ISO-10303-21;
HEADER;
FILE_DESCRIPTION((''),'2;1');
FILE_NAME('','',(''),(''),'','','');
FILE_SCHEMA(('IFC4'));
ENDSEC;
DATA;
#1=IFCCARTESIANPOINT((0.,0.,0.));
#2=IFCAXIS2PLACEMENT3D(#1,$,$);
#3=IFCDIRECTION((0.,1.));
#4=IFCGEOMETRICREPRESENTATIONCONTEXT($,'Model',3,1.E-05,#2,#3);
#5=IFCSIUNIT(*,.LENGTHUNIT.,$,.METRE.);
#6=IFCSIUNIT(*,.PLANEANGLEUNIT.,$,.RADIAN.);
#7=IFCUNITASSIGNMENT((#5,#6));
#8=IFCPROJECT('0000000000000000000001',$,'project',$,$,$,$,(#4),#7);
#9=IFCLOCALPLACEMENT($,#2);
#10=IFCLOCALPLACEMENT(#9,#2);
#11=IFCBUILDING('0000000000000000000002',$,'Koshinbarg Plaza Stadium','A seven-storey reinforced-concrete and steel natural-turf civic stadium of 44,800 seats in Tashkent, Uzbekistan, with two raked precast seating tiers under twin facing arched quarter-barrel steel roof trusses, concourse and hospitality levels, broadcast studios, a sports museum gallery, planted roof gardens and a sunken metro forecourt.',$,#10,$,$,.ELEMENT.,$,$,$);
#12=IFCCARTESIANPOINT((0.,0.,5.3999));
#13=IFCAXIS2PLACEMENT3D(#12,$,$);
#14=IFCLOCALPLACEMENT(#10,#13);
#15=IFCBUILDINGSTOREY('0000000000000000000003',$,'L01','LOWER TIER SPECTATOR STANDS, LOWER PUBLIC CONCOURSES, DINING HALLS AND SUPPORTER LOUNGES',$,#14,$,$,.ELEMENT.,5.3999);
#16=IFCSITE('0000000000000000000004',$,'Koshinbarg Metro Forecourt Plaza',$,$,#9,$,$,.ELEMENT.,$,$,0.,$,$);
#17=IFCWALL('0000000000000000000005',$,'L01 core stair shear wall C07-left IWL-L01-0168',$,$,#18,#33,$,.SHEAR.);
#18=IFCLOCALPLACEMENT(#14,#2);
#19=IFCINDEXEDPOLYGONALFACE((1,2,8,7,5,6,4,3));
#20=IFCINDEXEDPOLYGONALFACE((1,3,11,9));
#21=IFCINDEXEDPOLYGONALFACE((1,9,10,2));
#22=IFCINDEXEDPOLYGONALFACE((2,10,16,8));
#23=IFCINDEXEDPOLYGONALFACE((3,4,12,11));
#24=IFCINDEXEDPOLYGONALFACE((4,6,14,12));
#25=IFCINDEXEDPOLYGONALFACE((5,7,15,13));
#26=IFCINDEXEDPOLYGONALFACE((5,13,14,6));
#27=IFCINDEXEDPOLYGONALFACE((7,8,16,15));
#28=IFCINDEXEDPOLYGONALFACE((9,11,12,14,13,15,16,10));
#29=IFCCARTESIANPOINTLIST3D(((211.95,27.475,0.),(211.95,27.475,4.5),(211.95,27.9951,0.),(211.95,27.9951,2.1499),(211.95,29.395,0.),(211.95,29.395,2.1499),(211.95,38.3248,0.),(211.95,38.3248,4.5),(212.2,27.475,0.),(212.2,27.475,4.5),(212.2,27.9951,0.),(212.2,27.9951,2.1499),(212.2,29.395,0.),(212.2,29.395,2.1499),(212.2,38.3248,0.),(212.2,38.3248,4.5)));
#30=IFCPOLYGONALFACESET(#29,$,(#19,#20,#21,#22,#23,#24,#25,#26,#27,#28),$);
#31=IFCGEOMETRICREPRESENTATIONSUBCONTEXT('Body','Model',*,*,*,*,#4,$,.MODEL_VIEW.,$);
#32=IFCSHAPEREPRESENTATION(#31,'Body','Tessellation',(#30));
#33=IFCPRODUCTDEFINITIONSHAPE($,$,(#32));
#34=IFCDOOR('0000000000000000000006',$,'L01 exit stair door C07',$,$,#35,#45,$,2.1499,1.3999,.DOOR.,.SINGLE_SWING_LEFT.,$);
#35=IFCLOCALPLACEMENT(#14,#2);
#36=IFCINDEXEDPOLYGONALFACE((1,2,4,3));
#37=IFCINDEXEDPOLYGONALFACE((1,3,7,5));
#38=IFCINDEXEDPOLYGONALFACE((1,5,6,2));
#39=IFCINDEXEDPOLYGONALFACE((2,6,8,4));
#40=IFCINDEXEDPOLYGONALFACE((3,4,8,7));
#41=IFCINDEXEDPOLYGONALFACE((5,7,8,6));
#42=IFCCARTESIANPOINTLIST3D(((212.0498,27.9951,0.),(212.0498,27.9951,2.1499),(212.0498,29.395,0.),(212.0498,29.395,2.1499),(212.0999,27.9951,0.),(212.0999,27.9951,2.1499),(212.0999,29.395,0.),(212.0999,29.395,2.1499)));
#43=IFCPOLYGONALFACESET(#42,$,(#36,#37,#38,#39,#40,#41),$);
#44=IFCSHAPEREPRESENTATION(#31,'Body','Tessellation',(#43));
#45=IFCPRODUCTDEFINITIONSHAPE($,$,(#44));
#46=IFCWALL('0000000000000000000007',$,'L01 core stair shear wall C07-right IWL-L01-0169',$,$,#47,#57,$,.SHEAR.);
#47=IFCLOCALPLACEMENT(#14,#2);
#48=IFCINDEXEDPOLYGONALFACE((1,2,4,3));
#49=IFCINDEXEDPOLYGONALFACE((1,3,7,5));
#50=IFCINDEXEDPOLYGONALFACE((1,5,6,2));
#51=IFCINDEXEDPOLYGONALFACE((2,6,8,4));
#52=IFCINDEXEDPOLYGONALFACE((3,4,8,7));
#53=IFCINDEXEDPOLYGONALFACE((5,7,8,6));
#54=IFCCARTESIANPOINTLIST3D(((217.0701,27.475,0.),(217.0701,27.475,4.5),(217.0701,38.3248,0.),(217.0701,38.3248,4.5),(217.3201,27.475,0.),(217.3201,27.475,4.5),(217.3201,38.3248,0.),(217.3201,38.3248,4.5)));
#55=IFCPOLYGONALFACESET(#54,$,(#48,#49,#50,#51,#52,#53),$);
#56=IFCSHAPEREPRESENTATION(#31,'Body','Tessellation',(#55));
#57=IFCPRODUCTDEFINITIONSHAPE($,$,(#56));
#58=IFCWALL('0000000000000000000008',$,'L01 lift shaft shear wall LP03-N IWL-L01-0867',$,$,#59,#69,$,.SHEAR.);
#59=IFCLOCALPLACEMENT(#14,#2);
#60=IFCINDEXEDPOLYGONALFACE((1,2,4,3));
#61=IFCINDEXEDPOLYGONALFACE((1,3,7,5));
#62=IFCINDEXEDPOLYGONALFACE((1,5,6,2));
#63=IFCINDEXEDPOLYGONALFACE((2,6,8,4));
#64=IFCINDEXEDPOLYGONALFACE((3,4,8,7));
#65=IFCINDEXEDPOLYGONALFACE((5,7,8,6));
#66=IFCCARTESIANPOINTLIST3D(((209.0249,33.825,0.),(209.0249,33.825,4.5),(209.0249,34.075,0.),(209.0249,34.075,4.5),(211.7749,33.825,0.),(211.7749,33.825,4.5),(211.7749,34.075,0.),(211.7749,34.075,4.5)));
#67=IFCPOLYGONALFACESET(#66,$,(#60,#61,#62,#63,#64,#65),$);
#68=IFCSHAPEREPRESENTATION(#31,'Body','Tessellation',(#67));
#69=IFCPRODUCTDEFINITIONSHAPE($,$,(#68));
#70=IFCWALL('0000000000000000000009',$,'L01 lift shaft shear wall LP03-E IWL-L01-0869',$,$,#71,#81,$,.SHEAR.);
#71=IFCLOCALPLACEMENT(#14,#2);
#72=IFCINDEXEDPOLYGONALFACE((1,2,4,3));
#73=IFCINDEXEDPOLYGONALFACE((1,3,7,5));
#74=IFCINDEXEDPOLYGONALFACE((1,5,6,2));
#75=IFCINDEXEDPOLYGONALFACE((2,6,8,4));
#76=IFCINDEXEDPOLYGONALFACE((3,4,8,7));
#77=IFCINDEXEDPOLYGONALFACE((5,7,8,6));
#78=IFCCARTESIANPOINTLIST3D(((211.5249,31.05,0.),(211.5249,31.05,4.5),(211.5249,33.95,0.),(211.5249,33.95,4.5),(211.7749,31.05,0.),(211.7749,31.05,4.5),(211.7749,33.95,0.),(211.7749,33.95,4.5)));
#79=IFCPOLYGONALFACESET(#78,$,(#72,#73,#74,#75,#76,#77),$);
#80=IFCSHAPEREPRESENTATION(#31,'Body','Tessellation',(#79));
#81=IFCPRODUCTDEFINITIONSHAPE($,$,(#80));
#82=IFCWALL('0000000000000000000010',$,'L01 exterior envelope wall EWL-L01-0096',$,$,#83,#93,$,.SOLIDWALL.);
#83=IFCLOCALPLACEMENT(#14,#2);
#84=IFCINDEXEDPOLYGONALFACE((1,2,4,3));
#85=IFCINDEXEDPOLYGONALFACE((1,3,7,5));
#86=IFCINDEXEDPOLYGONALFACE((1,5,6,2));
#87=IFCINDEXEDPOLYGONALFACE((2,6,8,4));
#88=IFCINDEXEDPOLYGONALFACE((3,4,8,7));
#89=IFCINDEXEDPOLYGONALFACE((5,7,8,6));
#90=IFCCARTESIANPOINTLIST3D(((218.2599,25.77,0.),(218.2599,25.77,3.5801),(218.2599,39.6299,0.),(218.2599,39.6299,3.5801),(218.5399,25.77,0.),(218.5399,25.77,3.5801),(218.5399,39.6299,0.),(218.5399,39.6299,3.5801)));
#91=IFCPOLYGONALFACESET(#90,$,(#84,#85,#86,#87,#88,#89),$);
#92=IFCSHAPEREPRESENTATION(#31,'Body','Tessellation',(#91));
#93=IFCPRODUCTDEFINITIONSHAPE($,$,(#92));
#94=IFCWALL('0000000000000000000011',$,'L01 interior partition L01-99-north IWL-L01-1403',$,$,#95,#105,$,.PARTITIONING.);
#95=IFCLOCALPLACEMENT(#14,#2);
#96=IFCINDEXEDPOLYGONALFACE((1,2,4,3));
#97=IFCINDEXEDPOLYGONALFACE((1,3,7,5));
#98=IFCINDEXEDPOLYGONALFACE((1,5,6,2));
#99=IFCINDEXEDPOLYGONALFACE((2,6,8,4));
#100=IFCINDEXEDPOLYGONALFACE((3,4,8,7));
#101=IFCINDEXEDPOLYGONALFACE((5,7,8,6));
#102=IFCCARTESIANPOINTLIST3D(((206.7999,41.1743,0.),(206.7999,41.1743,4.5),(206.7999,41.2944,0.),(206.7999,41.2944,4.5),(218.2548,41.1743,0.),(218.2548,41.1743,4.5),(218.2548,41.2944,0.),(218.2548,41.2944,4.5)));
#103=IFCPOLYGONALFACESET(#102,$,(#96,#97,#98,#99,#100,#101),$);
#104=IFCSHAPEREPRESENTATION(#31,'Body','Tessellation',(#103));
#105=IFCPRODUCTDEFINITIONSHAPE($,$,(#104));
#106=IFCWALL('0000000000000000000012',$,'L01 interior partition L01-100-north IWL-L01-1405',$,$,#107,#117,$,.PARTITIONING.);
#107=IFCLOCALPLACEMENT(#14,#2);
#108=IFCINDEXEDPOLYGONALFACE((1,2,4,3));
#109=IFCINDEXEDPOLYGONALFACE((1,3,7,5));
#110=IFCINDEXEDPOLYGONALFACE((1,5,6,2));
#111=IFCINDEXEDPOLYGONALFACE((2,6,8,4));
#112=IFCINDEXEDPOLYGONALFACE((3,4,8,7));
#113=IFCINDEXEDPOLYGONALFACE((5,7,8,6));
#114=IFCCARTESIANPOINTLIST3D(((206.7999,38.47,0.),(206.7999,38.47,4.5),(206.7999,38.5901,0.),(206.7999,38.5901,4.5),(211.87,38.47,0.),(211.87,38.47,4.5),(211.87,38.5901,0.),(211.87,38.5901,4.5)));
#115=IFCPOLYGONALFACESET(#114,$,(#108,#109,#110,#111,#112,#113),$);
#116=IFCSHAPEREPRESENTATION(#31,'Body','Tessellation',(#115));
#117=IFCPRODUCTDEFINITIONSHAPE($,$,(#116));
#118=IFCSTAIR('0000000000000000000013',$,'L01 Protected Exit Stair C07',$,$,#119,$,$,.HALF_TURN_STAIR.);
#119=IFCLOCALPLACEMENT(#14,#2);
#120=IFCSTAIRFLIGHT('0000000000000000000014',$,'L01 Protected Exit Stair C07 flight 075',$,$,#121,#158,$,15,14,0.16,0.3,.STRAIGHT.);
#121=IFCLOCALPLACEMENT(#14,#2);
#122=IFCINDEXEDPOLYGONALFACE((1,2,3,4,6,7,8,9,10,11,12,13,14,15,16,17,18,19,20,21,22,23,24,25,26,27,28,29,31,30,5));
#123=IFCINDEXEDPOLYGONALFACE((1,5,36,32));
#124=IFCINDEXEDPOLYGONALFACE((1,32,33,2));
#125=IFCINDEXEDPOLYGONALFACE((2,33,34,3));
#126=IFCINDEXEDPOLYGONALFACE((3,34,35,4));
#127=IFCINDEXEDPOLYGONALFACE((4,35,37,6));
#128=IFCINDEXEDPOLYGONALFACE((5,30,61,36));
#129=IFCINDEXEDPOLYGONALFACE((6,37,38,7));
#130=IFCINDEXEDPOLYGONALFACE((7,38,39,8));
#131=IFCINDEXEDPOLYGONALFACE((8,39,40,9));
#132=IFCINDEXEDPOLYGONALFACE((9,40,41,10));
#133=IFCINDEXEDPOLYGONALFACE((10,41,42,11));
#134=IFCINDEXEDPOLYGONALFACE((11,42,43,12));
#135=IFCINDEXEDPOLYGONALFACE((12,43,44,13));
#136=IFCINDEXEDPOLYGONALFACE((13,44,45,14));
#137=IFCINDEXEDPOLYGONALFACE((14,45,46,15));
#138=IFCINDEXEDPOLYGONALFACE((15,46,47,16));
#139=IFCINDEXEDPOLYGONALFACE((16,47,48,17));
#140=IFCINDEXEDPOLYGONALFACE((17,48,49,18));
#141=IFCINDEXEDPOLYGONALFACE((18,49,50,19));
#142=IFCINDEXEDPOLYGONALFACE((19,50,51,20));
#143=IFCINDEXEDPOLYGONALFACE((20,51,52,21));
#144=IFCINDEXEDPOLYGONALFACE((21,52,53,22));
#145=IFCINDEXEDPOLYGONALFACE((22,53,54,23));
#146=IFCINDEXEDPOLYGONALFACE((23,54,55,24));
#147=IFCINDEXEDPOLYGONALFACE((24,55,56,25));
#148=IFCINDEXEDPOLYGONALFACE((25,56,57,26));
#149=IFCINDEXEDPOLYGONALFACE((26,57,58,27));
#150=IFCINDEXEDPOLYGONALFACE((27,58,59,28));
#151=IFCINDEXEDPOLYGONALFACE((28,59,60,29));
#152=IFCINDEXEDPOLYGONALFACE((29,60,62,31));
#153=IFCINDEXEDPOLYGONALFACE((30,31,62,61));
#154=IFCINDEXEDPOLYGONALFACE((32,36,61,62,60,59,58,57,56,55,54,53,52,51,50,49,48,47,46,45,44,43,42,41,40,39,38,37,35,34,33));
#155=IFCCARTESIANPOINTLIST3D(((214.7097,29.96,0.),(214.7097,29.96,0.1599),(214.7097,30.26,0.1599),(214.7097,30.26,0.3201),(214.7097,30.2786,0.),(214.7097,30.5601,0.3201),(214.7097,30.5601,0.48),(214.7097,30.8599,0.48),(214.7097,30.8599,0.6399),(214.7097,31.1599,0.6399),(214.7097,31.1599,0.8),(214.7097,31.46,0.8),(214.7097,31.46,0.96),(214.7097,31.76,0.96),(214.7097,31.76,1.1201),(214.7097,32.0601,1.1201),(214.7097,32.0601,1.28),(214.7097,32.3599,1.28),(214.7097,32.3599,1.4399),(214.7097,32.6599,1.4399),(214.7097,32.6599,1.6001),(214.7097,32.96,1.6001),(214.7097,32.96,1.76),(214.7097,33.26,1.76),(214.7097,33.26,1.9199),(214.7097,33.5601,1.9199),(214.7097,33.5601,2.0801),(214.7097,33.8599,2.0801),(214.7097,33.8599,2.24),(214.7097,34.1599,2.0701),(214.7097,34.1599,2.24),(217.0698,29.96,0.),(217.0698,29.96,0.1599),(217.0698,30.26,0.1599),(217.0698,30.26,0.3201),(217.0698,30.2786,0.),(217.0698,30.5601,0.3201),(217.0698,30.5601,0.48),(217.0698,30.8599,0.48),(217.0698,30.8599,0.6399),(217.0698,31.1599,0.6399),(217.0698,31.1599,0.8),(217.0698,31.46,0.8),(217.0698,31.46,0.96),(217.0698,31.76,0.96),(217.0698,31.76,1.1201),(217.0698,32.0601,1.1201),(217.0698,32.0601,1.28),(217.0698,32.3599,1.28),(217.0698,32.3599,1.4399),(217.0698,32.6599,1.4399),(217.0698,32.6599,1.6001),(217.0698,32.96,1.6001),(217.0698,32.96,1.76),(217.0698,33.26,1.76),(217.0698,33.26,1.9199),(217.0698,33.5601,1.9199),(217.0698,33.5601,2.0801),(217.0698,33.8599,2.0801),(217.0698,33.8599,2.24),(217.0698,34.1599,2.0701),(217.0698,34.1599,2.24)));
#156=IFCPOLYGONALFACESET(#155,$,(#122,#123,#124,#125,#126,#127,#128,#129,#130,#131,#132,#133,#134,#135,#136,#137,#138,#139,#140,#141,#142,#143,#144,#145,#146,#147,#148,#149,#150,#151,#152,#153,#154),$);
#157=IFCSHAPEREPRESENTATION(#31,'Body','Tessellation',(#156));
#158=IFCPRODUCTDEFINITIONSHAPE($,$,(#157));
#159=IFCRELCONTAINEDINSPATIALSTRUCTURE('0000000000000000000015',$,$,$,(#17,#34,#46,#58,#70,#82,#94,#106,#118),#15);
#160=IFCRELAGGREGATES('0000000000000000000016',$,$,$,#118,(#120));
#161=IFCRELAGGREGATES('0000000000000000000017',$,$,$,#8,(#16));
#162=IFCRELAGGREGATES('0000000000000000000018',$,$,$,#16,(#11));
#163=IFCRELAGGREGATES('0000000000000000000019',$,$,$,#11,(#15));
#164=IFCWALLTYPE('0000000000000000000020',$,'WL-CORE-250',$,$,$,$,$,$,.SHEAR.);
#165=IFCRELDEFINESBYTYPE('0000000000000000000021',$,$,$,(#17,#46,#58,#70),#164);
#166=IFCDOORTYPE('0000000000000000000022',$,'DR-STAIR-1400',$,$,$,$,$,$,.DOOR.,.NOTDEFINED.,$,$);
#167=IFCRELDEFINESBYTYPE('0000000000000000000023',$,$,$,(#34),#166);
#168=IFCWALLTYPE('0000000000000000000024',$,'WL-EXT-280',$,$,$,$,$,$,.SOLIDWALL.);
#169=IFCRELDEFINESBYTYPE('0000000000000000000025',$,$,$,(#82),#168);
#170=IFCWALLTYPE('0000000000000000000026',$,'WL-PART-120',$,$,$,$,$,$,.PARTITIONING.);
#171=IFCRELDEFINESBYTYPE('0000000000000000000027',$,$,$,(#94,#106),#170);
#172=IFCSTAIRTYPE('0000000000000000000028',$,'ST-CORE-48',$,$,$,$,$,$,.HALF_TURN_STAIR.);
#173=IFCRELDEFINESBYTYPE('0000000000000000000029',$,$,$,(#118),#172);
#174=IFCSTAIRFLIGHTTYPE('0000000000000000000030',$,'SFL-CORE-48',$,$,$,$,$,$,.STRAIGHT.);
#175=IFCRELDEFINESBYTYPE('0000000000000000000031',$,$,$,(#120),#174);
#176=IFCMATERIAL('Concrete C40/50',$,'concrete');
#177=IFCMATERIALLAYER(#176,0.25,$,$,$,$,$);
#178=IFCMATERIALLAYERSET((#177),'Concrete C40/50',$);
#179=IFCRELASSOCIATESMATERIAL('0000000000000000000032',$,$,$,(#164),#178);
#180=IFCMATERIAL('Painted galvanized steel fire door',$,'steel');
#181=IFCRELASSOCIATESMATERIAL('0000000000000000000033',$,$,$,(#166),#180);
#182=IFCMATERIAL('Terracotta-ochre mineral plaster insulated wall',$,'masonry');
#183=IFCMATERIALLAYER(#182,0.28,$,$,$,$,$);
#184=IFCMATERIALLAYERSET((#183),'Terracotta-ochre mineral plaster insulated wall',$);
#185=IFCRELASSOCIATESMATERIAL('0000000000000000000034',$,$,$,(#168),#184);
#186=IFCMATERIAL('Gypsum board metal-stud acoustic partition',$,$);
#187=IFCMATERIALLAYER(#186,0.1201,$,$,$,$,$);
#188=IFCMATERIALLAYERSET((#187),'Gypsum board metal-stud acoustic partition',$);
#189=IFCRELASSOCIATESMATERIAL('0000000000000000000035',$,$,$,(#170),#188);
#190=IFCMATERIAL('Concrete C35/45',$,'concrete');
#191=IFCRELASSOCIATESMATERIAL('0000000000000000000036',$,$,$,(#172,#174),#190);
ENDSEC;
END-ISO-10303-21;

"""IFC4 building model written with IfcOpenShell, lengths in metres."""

from ifc_helpers import new_model, si_unit, direction, frame, frame_2d, origin, place, context, subcontext, project, spatial, polyline, rectangle, outline, extrude, material, layer, layer_set, type_object, element, fill, aggregate, save


model = new_model("IFC4")

# Units and contexts
model_context = context("Model", 3, precision=1e-05, world=origin(), true_north=direction((0.0, 1.0)))
body_context = subcontext(model_context, "Body", "Model", "MODEL_VIEW")
ifc_project = project(units=[si_unit("LENGTHUNIT", "METRE"), si_unit("PLANEANGLEUNIT", "RADIAN")], contexts=[model_context])

# Site, building, storey
site_placement = place(None, origin())
site = spatial("IfcSite", under=ifc_project, at=site_placement, Name="Koshinbarg Metro Forecourt Plaza", CompositionType="ELEMENT", RefElevation=0.0)
building_placement = place(site_placement, origin())
building = spatial("IfcBuilding", under=site, at=building_placement, Name="Koshinbarg Plaza Stadium", Description="A seven-storey reinforced-concrete and steel natural-turf civic stadium of 44,800 seats in Tashkent, Uzbekistan, with two raked precast seating tiers under twin facing arched quarter-barrel steel roof trusses, concourse and hospitality levels, broadcast studios, a sports museum gallery, planted roof gardens and a sunken metro forecourt.", CompositionType="ELEMENT")
storey_placement = place(building_placement, frame((0.0, 0.0, 5.3999)))
storey = spatial("IfcBuildingStorey", under=building, at=storey_placement, Name="L01", Description="LOWER TIER SPECTATOR STANDS, LOWER PUBLIC CONCOURSES, DINING HALLS AND SUPPORTER LOUNGES", CompositionType="ELEMENT", Elevation=5.3999)

# Shared definitions
ifc_material_1 = material(Name="Concrete C40/50", Category="concrete")

# Shared definitions
ifc_layer_1 = layer(ifc_material_1, 0.25)
ifc_layer_set_1 = layer_set([ifc_layer_1], Name="Concrete C40/50")
wall_type_1 = type_object("IfcWallType", Name="WL-CORE-250", PredefinedType="SHEAR", material=ifc_layer_set_1)

# Wall, opening, door
wall_1_placement = place(storey_placement, frame((212.075, 27.4751, 0.0), z_axis=(0.0, 0.0, 1.0), x_axis=(0.0, 1.0, 0.0)))
wall_1 = element("IfcWall", 1, at=wall_1_placement, inside=storey, type_object=wall_type_1, Name="L01 core stair shear wall C07-left IWL-L01-0168", PredefinedType="SHEAR", context=body_context, shape_type="SweptSolid", body=[
    extrude(rectangle(XDim=10.8499, YDim=0.25, at=frame_2d((5.4248, 0.0))), origin(), (0.0, 0.0, 1.0), 4.5),
])
opening_placement = place(wall_1_placement, frame((0.52, 0.0, 0.0)))
opening = element("IfcOpeningElement", 2, at=opening_placement, cuts=wall_1, PredefinedType="OPENING", context=body_context, shape_type="SweptSolid", body=[
    extrude(rectangle(XDim=1.3999, YDim=2.1499, at=frame_2d((0.7, 1.075))), frame((0.0, 0.135, 0.0), z_axis=(0.0, -1.0, 0.0), x_axis=(1.0, 0.0, 0.0)), (0.0, 0.0, 1.0), 0.27),
])
ifc_material_2 = material(Name="Painted galvanized steel fire door", Category="steel")
door_type = type_object("IfcDoorType", Name="DR-STAIR-1400", OperationType="NOTDEFINED", PredefinedType="DOOR", material=ifc_material_2)
door_placement = place(opening_placement, frame((1.3999, 0.0, 0.0), z_axis=(0.0, 0.0, 1.0), x_axis=(-1.0, 0.0, 0.0)))
door = element("IfcDoor", 3, at=door_placement, inside=storey, type_object=door_type, Name="L01 exit stair door C07", OperationType="SINGLE_SWING_LEFT", OverallHeight=2.1499, OverallWidth=1.3999, PredefinedType="DOOR", context=body_context, shape_type="SweptSolid", body=[
    extrude(rectangle(XDim=1.3999, YDim=2.1499, at=frame_2d((0.7, 1.075))), frame((0.0, 0.0249, 0.0), z_axis=(0.0, -1.0, 0.0), x_axis=(1.0, 0.0, 0.0)), (0.0, 0.0, 1.0), 0.05),
])
fill(opening, door)

# Walls
wall_2_placement = place(storey_placement, frame((217.1951, 27.4751, 0.0), z_axis=(0.0, 0.0, 1.0), x_axis=(0.0, 1.0, 0.0)))
element("IfcWall", 4, at=wall_2_placement, inside=storey, type_object=wall_type_1, Name="L01 core stair shear wall C07-right IWL-L01-0169", PredefinedType="SHEAR", context=body_context, shape_type="SweptSolid", body=[
    extrude(rectangle(XDim=10.8499, YDim=0.25, at=frame_2d((5.4248, 0.0))), origin(), (0.0, 0.0, 1.0), 4.5),
])
wall_3_placement = place(storey_placement, frame((211.7749, 33.95, 0.0), z_axis=(0.0, 0.0, 1.0), x_axis=(-1.0, 0.0, 0.0)))
element("IfcWall", 5, at=wall_3_placement, inside=storey, type_object=wall_type_1, Name="L01 lift shaft shear wall LP03-N IWL-L01-0867", PredefinedType="SHEAR", context=body_context, shape_type="SweptSolid", body=[
    extrude(rectangle(XDim=2.75, YDim=0.25, at=frame_2d((1.375, 0.0))), origin(), (0.0, 0.0, 1.0), 4.5),
])
wall_4_placement = place(storey_placement, frame((211.6499, 31.05, 0.0), z_axis=(0.0, 0.0, 1.0), x_axis=(0.0, 1.0, 0.0)))
element("IfcWall", 6, at=wall_4_placement, inside=storey, type_object=wall_type_1, Name="L01 lift shaft shear wall LP03-E IWL-L01-0869", PredefinedType="SHEAR", context=body_context, shape_type="SweptSolid", body=[
    extrude(rectangle(XDim=2.8999, YDim=0.25, at=frame_2d((1.45, 0.0))), origin(), (0.0, 0.0, 1.0), 4.5),
])
ifc_material_3 = material(Name="Terracotta-ochre mineral plaster insulated wall", Category="masonry")
ifc_layer_2 = layer(ifc_material_3, 0.28)
ifc_layer_set_2 = layer_set([ifc_layer_2], Name="Terracotta-ochre mineral plaster insulated wall")
wall_type_2 = type_object("IfcWallType", Name="WL-EXT-280", PredefinedType="SOLIDWALL", material=ifc_layer_set_2)
wall_5_placement = place(storey_placement, frame((218.3999, 39.6299, 0.0), z_axis=(0.0, 0.0, 1.0), x_axis=(0.0, -1.0, 0.0)))
element("IfcWall", 7, at=wall_5_placement, inside=storey, type_object=wall_type_2, Name="L01 exterior envelope wall EWL-L01-0096", PredefinedType="SOLIDWALL", context=body_context, shape_type="SweptSolid", body=[
    extrude(rectangle(XDim=13.8599, YDim=0.28, at=frame_2d((6.9299, 0.0))), origin(), (0.0, 0.0, 1.0), 3.5801),
])
ifc_material_4 = material(Name="Gypsum board metal-stud acoustic partition")
ifc_layer_3 = layer(ifc_material_4, 0.1201)
ifc_layer_set_3 = layer_set([ifc_layer_3], Name="Gypsum board metal-stud acoustic partition")
wall_type_3 = type_object("IfcWallType", Name="WL-PART-120", PredefinedType="PARTITIONING", material=ifc_layer_set_3)
wall_6_placement = place(storey_placement, frame((218.2549, 41.2344, 0.0), z_axis=(0.0, 0.0, 1.0), x_axis=(-1.0, 0.0, 0.0)))
element("IfcWall", 8, at=wall_6_placement, inside=storey, type_object=wall_type_3, Name="L01 interior partition L01-99-north IWL-L01-1403", PredefinedType="PARTITIONING", context=body_context, shape_type="SweptSolid", body=[
    extrude(rectangle(XDim=11.4548, YDim=0.1201, at=frame_2d((5.7275, 0.0))), origin(), (0.0, 0.0, 1.0), 4.5),
])
wall_7_placement = place(storey_placement, frame((211.8701, 38.53, 0.0), z_axis=(0.0, 0.0, 1.0), x_axis=(-1.0, 0.0, 0.0)))
element("IfcWall", 9, at=wall_7_placement, inside=storey, type_object=wall_type_3, Name="L01 interior partition L01-100-north IWL-L01-1405", PredefinedType="PARTITIONING", context=body_context, shape_type="SweptSolid", body=[
    extrude(rectangle(XDim=5.0701, YDim=0.1201, at=frame_2d((2.5352, 0.0))), origin(), (0.0, 0.0, 1.0), 4.5),
])

# Stair, stair flight
ifc_material_5 = material(Name="Concrete C35/45", Category="concrete")
stair_type = type_object("IfcStairType", Name="ST-CORE-48", PredefinedType="HALF_TURN_STAIR", material=ifc_material_5)
stair_placement = place(storey_placement, origin())
stair = element("IfcStair", 10, at=stair_placement, inside=storey, type_object=stair_type, Name="L01 Protected Exit Stair C07", PredefinedType="HALF_TURN_STAIR")
stair_flight_type = type_object("IfcStairFlightType", Name="SFL-CORE-48", PredefinedType="STRAIGHT", material=ifc_material_5)
stair_flight_1_placement = place(storey_placement, frame((215.8899, 29.96, 0.0), z_axis=(0.0, 0.0, 1.0), x_axis=(0.0, 1.0, 0.0)))
stair_flight_1 = element("IfcStairFlight", 11, at=stair_flight_1_placement, type_object=stair_flight_type, Name="L01 Protected Exit Stair C07 flight 075", NumberOfRisers=15, NumberOfTreads=14, PredefinedType="STRAIGHT", RiserHeight=0.16, TreadLength=0.3, context=body_context, shape_type="SweptSolid", body=[
    extrude(outline(polyline([(0.0, 0.0), (0.0, 0.1599), (0.3, 0.1599), (0.3, 0.3201), (0.6001, 0.3201), (0.6001, 0.48), (0.8999, 0.48), (0.8999, 0.6399), (1.2, 0.6399), (1.2, 0.8), (1.5, 0.8), (1.5, 0.96), (1.8, 0.96), (1.8, 1.1201), (2.1001, 1.1201), (2.1001, 1.28), (2.3999, 1.28), (2.3999, 1.4399), (2.7, 1.4399), (2.7, 1.6001), (3.0, 1.6001), (3.0, 1.76), (3.3, 1.76), (3.3, 1.9199), (3.6001, 1.9199), (3.6001, 2.0801), (3.8999, 2.0801), (3.8999, 2.24), (4.2, 2.24), (4.2, 2.3999), (4.2, 2.0701), (0.3186, 0.0), (0.0, 0.0)])), frame((0.0, 1.1802, 0.0), z_axis=(0.0, -1.0, 0.0), x_axis=(1.0, 0.0, 0.0)), (0.0, 0.0, 1.0), 2.3601),
])
aggregate(stair, [stair_flight_1])

save(model, "model.ifc")
